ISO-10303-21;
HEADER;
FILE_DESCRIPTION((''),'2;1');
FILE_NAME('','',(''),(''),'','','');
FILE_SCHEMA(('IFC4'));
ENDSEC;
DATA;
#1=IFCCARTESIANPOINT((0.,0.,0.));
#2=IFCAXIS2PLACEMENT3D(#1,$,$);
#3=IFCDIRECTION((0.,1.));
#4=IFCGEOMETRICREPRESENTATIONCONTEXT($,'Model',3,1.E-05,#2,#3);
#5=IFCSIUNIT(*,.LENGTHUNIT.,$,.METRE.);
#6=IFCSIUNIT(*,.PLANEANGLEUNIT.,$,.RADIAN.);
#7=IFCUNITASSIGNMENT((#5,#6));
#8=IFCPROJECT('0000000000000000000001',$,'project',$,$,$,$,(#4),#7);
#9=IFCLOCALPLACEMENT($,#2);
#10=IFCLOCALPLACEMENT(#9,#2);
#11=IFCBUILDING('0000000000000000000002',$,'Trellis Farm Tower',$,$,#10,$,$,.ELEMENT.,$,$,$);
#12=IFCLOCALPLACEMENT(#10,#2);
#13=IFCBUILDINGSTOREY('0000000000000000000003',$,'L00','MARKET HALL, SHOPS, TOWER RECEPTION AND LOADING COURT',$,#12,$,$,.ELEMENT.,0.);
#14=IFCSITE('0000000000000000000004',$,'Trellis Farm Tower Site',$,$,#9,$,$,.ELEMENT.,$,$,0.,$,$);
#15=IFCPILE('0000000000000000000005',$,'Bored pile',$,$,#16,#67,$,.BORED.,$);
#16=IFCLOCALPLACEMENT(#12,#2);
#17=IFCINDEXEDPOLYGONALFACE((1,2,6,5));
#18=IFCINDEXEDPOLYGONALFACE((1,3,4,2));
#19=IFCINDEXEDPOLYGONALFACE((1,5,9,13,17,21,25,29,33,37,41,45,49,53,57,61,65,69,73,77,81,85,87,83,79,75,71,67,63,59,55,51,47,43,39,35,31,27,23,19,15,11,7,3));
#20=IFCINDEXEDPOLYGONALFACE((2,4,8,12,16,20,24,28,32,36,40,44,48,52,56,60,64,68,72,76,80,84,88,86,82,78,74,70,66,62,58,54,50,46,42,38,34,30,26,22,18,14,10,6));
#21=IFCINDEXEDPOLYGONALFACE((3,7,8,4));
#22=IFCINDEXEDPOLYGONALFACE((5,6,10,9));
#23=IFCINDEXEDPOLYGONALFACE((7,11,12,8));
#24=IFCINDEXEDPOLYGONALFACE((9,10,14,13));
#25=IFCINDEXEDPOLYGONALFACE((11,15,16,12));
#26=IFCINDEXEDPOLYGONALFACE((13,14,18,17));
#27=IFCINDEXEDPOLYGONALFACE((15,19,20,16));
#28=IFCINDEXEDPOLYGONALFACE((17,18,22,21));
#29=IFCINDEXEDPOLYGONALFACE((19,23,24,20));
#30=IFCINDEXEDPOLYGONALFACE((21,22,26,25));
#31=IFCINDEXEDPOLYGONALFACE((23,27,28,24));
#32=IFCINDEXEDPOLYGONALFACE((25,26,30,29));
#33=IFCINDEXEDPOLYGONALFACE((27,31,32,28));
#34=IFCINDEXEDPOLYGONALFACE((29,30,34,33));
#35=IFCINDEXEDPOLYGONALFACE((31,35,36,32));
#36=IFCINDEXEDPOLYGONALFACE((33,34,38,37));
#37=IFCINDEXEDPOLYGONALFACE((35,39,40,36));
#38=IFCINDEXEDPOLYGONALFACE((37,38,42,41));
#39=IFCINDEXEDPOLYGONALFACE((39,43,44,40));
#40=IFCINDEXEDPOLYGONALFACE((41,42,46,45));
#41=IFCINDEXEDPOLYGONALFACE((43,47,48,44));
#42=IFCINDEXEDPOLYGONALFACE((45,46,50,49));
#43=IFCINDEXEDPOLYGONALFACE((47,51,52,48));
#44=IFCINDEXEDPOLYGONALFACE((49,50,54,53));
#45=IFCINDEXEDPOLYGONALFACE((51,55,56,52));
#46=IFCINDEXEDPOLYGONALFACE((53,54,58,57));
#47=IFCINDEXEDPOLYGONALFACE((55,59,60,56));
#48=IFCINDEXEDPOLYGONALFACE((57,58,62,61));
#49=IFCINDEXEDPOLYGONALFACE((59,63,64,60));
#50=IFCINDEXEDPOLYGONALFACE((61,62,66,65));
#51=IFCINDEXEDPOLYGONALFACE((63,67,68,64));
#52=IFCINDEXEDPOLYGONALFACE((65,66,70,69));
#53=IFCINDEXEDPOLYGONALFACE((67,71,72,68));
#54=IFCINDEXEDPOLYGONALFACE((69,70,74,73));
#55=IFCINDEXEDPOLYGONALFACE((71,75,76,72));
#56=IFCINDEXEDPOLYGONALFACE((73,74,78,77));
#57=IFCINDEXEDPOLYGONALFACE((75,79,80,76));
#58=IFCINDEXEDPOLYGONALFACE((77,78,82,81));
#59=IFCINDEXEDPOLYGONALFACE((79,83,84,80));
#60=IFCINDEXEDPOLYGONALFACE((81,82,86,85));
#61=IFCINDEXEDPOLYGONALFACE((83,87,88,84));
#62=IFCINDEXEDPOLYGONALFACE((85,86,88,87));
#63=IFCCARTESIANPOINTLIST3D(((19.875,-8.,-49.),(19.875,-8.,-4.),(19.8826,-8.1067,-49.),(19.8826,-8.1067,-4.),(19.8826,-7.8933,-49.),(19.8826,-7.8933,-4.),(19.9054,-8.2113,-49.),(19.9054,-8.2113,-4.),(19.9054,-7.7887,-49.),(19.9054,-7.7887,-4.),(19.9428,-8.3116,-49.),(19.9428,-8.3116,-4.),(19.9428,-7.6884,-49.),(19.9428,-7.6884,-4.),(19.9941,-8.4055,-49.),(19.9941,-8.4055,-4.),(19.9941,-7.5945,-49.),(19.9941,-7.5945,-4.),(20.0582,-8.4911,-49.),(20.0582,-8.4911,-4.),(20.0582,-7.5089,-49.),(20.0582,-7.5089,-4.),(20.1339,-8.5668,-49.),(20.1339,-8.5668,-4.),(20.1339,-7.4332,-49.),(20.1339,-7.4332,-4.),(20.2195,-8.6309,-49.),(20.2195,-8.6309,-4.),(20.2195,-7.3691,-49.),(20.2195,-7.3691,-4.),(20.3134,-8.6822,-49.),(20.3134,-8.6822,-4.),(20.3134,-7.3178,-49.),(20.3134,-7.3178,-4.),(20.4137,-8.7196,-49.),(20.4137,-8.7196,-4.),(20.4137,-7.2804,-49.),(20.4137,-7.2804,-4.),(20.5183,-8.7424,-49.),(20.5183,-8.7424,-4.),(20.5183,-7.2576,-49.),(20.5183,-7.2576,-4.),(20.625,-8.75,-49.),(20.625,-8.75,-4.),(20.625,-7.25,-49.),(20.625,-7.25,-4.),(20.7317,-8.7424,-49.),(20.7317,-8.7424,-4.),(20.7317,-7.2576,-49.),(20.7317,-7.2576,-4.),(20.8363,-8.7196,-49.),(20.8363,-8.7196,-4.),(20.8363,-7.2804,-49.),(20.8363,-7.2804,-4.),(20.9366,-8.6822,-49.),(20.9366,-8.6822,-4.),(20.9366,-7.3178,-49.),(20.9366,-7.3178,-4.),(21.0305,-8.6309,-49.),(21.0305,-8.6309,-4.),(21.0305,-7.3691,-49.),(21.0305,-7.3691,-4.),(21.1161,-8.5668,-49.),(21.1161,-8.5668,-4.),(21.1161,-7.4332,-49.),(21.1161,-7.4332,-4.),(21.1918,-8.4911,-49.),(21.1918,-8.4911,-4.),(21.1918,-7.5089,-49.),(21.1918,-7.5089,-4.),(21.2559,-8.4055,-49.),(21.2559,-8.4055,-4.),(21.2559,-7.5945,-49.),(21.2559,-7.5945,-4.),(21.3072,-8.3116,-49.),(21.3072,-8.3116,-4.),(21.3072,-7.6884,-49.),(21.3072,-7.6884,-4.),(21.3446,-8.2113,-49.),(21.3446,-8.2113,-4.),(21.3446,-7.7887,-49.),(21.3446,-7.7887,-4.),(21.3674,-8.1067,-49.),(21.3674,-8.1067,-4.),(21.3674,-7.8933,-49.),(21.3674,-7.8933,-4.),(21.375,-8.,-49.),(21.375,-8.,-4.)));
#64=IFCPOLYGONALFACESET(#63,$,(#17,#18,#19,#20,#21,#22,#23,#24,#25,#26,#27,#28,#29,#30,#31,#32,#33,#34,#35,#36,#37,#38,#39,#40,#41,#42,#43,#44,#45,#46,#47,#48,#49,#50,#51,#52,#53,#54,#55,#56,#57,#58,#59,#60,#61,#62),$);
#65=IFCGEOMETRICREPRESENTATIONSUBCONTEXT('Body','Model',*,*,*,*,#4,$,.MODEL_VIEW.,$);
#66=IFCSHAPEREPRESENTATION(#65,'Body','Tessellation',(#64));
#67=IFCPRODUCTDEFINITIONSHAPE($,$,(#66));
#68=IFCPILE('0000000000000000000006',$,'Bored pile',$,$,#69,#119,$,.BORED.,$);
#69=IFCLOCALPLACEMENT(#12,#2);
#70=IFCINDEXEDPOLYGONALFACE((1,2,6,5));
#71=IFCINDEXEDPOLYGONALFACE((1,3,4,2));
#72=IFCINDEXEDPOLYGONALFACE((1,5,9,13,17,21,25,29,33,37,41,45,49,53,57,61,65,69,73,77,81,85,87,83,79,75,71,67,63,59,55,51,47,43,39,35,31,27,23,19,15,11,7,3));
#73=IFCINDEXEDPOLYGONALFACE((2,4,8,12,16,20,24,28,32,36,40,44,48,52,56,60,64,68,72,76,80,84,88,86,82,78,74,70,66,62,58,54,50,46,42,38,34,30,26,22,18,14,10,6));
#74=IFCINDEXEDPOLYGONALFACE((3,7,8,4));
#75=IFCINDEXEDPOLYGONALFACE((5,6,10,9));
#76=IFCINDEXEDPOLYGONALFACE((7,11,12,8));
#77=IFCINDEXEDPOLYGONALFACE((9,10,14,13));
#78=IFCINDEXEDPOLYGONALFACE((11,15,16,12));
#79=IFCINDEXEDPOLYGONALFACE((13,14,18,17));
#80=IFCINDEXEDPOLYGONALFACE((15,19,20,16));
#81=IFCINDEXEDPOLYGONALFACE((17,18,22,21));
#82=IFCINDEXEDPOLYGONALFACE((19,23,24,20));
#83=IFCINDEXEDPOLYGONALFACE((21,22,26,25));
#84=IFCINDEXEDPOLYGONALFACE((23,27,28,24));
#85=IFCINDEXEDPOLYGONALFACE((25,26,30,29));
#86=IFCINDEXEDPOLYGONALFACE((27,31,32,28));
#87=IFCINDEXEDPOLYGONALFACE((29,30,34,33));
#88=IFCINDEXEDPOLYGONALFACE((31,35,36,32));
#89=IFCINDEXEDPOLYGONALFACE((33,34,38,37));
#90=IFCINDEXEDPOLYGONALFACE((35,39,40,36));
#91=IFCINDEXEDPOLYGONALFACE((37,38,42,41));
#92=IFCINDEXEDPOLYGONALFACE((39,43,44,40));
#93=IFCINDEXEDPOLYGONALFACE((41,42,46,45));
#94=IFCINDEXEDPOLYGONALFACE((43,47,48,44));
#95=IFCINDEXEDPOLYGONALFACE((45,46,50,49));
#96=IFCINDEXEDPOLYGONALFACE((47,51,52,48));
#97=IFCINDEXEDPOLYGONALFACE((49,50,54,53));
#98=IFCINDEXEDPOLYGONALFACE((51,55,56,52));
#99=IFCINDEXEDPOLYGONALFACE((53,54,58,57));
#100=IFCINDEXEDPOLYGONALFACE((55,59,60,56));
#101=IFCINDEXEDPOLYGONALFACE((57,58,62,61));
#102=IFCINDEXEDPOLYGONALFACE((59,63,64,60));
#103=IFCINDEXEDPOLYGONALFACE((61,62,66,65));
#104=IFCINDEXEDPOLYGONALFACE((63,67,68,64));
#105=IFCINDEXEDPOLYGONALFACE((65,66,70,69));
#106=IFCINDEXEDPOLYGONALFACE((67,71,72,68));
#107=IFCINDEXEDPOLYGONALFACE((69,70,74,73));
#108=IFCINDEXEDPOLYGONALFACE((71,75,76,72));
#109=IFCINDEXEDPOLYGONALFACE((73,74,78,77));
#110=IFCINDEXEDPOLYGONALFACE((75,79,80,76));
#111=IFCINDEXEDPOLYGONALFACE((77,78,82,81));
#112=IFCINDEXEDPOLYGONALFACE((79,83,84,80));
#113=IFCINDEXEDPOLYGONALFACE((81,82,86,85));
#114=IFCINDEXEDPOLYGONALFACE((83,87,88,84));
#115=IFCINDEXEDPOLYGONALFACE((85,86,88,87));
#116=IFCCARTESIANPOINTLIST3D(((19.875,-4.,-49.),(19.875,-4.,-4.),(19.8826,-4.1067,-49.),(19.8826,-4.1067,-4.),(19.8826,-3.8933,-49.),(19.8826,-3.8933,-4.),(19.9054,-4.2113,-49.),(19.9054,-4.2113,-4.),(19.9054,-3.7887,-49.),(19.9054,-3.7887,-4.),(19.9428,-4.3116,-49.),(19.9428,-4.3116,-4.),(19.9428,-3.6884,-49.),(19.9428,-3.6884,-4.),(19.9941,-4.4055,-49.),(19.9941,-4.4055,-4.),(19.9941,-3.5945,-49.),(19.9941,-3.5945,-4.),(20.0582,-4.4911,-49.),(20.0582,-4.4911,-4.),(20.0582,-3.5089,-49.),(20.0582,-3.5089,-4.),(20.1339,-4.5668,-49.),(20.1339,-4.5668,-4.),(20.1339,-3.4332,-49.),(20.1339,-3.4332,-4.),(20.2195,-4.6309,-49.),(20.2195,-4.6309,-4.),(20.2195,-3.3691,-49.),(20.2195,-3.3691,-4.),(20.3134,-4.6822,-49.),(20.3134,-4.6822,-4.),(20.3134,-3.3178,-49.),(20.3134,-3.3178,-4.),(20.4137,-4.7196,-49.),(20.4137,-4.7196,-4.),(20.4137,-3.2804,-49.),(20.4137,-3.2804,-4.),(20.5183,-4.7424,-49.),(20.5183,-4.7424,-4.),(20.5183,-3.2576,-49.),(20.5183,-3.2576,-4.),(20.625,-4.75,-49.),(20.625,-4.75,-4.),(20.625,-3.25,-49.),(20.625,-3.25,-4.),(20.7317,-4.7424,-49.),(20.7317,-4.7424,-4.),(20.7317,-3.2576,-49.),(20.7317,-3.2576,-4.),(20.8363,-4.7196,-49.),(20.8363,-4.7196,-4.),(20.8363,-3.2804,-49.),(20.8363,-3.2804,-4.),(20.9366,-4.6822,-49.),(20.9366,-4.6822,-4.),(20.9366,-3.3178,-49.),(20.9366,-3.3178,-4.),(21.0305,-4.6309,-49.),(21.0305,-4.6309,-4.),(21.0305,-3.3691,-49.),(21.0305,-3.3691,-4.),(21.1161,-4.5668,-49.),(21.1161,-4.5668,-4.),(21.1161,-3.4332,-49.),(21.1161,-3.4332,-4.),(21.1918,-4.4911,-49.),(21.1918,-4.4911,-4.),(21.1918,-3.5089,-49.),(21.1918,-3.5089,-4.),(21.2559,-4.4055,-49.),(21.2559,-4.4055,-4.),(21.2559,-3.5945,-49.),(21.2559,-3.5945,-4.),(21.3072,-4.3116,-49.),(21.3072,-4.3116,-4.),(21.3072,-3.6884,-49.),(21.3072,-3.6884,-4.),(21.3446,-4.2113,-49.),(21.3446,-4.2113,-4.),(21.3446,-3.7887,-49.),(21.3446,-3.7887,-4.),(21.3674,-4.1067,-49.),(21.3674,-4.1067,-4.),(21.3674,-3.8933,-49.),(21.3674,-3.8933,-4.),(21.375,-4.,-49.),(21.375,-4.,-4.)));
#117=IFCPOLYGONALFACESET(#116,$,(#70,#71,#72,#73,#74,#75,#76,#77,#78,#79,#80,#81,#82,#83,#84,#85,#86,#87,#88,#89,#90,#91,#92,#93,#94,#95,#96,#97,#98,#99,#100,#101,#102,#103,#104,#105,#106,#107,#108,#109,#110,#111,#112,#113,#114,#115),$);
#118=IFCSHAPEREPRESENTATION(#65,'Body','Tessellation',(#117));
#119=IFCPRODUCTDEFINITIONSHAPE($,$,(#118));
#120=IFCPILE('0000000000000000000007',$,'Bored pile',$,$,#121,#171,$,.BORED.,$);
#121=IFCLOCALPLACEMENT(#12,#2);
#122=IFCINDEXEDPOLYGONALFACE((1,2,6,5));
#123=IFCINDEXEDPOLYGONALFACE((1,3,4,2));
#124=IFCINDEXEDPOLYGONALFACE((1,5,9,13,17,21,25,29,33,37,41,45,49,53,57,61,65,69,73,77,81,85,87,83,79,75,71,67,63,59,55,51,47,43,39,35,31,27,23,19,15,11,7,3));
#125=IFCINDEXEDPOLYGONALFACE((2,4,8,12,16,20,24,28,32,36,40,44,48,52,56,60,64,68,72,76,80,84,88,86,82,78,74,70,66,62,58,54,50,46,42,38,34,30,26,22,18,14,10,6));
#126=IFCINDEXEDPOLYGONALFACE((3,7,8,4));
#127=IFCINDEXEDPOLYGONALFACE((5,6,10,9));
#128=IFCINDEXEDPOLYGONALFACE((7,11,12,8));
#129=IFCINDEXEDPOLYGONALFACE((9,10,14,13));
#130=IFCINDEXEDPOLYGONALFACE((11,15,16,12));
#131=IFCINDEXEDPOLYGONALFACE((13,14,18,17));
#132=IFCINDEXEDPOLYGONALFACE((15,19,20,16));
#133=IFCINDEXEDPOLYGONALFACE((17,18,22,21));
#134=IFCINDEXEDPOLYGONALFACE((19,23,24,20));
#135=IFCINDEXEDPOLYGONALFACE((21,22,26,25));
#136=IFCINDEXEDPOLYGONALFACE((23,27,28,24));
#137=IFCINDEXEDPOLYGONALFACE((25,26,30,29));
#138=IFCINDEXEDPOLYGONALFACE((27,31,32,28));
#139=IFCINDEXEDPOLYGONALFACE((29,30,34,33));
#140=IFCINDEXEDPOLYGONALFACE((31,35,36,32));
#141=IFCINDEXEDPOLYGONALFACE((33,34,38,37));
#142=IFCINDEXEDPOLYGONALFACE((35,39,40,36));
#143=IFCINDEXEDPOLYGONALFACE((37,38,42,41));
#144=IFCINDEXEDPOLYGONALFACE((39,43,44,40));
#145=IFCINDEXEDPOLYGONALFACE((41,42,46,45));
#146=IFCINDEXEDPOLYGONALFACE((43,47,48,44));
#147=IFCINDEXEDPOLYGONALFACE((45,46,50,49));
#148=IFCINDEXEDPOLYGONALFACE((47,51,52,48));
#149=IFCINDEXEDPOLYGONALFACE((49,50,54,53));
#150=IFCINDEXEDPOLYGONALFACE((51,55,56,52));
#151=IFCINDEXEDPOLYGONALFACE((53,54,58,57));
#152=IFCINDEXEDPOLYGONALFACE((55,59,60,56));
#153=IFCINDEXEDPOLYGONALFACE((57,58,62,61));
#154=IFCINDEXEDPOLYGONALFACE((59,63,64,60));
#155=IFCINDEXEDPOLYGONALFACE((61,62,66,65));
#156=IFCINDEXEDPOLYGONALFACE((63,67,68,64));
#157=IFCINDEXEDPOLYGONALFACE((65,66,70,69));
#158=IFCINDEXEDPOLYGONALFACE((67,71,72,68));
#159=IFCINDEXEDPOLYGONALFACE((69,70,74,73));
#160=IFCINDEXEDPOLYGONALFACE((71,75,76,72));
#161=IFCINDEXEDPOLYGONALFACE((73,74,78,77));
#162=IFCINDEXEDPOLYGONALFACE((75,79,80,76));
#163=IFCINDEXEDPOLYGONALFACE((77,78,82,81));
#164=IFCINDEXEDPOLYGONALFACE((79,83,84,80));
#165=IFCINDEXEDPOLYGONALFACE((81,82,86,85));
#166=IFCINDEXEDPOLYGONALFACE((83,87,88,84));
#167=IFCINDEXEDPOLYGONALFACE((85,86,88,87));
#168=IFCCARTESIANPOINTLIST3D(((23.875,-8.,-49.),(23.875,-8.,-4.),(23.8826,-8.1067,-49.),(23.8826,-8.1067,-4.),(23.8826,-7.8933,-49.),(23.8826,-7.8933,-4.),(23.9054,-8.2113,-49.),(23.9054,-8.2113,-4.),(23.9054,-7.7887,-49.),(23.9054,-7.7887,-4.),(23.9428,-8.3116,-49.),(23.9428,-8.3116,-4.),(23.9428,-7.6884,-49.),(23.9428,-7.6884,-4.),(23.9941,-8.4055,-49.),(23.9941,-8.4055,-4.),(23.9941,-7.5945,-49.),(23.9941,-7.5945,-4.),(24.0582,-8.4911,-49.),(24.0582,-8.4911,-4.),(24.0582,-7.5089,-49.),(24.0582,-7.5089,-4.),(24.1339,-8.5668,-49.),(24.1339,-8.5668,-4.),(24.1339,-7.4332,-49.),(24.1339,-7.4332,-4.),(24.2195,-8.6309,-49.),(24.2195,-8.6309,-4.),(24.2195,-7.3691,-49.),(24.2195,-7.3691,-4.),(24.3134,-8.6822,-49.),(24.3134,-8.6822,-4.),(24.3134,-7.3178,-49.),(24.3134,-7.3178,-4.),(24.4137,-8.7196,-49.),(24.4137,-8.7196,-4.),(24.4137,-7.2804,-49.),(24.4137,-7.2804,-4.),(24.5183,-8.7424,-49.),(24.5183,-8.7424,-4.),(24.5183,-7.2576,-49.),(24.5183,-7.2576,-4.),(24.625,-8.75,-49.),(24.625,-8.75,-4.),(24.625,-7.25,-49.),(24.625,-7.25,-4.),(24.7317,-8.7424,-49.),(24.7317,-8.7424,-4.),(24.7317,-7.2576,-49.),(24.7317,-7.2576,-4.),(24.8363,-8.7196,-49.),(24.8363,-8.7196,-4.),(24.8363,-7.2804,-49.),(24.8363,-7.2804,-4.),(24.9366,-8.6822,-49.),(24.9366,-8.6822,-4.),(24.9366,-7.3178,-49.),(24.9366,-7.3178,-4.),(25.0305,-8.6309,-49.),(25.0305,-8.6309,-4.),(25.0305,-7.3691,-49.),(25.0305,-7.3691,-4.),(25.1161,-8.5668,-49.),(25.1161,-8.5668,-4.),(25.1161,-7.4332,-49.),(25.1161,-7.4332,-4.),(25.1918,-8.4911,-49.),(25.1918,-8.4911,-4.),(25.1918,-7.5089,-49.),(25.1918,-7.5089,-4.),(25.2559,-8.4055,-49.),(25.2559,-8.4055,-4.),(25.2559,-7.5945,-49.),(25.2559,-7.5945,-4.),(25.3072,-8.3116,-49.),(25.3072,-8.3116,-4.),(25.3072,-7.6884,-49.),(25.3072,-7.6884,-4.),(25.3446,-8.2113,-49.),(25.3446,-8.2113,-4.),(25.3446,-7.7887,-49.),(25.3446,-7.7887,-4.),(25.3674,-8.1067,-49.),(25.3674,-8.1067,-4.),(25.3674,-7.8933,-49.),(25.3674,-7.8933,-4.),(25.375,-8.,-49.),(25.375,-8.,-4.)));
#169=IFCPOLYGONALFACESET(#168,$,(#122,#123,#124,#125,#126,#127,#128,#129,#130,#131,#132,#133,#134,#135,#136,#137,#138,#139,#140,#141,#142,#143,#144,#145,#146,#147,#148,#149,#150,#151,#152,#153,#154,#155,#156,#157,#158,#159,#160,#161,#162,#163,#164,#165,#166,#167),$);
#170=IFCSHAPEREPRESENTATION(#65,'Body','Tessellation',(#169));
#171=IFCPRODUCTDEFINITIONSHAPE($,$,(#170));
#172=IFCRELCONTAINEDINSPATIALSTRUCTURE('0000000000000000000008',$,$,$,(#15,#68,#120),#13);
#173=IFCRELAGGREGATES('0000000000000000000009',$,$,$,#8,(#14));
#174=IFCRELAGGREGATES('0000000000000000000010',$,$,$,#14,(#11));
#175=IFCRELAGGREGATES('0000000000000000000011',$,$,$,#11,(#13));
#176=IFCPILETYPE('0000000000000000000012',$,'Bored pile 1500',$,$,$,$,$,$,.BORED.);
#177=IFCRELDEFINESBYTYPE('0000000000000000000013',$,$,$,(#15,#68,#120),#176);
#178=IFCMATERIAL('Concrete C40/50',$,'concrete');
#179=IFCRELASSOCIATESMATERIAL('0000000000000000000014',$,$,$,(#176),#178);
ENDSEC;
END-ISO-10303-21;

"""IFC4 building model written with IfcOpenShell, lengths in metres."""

from ifc_helpers import new_model, si_unit, direction, frame, origin, origin_2d, place, context, subcontext, project, spatial, circle, extrude, source, transform, mapped, material, material_profile, profile_set, type_object, element, save


model = new_model("IFC4")

# Units and contexts
model_context = context("Model", 3, precision=1e-05, world=origin(), true_north=direction((0.0, 1.0)))
body_context = subcontext(model_context, "Body", "Model", "MODEL_VIEW")
ifc_project = project(units=[si_unit("LENGTHUNIT", "METRE"), si_unit("PLANEANGLEUNIT", "RADIAN")], contexts=[model_context])

# Site, building, storey
site_placement = place(None, origin())
site = spatial("IfcSite", under=ifc_project, at=site_placement, Name="Trellis Farm Tower Site", CompositionType="ELEMENT", RefElevation=0.0)
building_placement = place(site_placement, origin())
building = spatial("IfcBuilding", under=site, at=building_placement, Name="Trellis Farm Tower", CompositionType="ELEMENT")
storey_placement = place(building_placement, origin())
storey = spatial("IfcBuildingStorey", under=building, at=storey_placement, Name="L00", Description="MARKET HALL, SHOPS, TOWER RECEPTION AND LOADING COURT", CompositionType="ELEMENT", Elevation=0.0)

# Piles
ifc_material_1 = material(Name="Concrete C40/50", Category="concrete")
ifc_material_profile = material_profile(ifc_material_1, circle(Radius=0.75, at=origin_2d()), Name="Bored pile 1500")
ifc_profile_set = profile_set([ifc_material_profile], Name="Concrete C40/50")
pile_type = type_object("IfcPileType", Name="Bored pile 1500", PredefinedType="BORED", material=ifc_profile_set)
shared_shape_1 = source(origin(), body_context, "Body", "SweptSolid", [
    extrude(circle(Radius=0.75, at=origin_2d()), origin(), (0.0, 0.0, 1.0), 45.0),
])
for number, where, z_axis, x_axis, name in (
    (1, (20.625, -8.0, -4.0), (0.0, 0.0, -1.0), (1.0, 0.0, 0.0), "Bored pile"),
    (2, (20.625, -4.0, -4.0), (0.0, 0.0, -1.0), (1.0, 0.0, 0.0), "Bored pile"),
    (3, (24.625, -8.0, -4.0), (0.0, 0.0, -1.0), (1.0, 0.0, 0.0), "Bored pile"),
):
    element("IfcPile", number, at=place(storey_placement, frame(where, z_axis=z_axis, x_axis=x_axis)), inside=storey, type_object=pile_type, Name=name, PredefinedType="BORED", context=body_context, shape_type="MappedRepresentation", body=[
        mapped(shared_shape_1, transform((0.0, 0.0, 0.0))),
    ])

save(model, "model.ifc")
